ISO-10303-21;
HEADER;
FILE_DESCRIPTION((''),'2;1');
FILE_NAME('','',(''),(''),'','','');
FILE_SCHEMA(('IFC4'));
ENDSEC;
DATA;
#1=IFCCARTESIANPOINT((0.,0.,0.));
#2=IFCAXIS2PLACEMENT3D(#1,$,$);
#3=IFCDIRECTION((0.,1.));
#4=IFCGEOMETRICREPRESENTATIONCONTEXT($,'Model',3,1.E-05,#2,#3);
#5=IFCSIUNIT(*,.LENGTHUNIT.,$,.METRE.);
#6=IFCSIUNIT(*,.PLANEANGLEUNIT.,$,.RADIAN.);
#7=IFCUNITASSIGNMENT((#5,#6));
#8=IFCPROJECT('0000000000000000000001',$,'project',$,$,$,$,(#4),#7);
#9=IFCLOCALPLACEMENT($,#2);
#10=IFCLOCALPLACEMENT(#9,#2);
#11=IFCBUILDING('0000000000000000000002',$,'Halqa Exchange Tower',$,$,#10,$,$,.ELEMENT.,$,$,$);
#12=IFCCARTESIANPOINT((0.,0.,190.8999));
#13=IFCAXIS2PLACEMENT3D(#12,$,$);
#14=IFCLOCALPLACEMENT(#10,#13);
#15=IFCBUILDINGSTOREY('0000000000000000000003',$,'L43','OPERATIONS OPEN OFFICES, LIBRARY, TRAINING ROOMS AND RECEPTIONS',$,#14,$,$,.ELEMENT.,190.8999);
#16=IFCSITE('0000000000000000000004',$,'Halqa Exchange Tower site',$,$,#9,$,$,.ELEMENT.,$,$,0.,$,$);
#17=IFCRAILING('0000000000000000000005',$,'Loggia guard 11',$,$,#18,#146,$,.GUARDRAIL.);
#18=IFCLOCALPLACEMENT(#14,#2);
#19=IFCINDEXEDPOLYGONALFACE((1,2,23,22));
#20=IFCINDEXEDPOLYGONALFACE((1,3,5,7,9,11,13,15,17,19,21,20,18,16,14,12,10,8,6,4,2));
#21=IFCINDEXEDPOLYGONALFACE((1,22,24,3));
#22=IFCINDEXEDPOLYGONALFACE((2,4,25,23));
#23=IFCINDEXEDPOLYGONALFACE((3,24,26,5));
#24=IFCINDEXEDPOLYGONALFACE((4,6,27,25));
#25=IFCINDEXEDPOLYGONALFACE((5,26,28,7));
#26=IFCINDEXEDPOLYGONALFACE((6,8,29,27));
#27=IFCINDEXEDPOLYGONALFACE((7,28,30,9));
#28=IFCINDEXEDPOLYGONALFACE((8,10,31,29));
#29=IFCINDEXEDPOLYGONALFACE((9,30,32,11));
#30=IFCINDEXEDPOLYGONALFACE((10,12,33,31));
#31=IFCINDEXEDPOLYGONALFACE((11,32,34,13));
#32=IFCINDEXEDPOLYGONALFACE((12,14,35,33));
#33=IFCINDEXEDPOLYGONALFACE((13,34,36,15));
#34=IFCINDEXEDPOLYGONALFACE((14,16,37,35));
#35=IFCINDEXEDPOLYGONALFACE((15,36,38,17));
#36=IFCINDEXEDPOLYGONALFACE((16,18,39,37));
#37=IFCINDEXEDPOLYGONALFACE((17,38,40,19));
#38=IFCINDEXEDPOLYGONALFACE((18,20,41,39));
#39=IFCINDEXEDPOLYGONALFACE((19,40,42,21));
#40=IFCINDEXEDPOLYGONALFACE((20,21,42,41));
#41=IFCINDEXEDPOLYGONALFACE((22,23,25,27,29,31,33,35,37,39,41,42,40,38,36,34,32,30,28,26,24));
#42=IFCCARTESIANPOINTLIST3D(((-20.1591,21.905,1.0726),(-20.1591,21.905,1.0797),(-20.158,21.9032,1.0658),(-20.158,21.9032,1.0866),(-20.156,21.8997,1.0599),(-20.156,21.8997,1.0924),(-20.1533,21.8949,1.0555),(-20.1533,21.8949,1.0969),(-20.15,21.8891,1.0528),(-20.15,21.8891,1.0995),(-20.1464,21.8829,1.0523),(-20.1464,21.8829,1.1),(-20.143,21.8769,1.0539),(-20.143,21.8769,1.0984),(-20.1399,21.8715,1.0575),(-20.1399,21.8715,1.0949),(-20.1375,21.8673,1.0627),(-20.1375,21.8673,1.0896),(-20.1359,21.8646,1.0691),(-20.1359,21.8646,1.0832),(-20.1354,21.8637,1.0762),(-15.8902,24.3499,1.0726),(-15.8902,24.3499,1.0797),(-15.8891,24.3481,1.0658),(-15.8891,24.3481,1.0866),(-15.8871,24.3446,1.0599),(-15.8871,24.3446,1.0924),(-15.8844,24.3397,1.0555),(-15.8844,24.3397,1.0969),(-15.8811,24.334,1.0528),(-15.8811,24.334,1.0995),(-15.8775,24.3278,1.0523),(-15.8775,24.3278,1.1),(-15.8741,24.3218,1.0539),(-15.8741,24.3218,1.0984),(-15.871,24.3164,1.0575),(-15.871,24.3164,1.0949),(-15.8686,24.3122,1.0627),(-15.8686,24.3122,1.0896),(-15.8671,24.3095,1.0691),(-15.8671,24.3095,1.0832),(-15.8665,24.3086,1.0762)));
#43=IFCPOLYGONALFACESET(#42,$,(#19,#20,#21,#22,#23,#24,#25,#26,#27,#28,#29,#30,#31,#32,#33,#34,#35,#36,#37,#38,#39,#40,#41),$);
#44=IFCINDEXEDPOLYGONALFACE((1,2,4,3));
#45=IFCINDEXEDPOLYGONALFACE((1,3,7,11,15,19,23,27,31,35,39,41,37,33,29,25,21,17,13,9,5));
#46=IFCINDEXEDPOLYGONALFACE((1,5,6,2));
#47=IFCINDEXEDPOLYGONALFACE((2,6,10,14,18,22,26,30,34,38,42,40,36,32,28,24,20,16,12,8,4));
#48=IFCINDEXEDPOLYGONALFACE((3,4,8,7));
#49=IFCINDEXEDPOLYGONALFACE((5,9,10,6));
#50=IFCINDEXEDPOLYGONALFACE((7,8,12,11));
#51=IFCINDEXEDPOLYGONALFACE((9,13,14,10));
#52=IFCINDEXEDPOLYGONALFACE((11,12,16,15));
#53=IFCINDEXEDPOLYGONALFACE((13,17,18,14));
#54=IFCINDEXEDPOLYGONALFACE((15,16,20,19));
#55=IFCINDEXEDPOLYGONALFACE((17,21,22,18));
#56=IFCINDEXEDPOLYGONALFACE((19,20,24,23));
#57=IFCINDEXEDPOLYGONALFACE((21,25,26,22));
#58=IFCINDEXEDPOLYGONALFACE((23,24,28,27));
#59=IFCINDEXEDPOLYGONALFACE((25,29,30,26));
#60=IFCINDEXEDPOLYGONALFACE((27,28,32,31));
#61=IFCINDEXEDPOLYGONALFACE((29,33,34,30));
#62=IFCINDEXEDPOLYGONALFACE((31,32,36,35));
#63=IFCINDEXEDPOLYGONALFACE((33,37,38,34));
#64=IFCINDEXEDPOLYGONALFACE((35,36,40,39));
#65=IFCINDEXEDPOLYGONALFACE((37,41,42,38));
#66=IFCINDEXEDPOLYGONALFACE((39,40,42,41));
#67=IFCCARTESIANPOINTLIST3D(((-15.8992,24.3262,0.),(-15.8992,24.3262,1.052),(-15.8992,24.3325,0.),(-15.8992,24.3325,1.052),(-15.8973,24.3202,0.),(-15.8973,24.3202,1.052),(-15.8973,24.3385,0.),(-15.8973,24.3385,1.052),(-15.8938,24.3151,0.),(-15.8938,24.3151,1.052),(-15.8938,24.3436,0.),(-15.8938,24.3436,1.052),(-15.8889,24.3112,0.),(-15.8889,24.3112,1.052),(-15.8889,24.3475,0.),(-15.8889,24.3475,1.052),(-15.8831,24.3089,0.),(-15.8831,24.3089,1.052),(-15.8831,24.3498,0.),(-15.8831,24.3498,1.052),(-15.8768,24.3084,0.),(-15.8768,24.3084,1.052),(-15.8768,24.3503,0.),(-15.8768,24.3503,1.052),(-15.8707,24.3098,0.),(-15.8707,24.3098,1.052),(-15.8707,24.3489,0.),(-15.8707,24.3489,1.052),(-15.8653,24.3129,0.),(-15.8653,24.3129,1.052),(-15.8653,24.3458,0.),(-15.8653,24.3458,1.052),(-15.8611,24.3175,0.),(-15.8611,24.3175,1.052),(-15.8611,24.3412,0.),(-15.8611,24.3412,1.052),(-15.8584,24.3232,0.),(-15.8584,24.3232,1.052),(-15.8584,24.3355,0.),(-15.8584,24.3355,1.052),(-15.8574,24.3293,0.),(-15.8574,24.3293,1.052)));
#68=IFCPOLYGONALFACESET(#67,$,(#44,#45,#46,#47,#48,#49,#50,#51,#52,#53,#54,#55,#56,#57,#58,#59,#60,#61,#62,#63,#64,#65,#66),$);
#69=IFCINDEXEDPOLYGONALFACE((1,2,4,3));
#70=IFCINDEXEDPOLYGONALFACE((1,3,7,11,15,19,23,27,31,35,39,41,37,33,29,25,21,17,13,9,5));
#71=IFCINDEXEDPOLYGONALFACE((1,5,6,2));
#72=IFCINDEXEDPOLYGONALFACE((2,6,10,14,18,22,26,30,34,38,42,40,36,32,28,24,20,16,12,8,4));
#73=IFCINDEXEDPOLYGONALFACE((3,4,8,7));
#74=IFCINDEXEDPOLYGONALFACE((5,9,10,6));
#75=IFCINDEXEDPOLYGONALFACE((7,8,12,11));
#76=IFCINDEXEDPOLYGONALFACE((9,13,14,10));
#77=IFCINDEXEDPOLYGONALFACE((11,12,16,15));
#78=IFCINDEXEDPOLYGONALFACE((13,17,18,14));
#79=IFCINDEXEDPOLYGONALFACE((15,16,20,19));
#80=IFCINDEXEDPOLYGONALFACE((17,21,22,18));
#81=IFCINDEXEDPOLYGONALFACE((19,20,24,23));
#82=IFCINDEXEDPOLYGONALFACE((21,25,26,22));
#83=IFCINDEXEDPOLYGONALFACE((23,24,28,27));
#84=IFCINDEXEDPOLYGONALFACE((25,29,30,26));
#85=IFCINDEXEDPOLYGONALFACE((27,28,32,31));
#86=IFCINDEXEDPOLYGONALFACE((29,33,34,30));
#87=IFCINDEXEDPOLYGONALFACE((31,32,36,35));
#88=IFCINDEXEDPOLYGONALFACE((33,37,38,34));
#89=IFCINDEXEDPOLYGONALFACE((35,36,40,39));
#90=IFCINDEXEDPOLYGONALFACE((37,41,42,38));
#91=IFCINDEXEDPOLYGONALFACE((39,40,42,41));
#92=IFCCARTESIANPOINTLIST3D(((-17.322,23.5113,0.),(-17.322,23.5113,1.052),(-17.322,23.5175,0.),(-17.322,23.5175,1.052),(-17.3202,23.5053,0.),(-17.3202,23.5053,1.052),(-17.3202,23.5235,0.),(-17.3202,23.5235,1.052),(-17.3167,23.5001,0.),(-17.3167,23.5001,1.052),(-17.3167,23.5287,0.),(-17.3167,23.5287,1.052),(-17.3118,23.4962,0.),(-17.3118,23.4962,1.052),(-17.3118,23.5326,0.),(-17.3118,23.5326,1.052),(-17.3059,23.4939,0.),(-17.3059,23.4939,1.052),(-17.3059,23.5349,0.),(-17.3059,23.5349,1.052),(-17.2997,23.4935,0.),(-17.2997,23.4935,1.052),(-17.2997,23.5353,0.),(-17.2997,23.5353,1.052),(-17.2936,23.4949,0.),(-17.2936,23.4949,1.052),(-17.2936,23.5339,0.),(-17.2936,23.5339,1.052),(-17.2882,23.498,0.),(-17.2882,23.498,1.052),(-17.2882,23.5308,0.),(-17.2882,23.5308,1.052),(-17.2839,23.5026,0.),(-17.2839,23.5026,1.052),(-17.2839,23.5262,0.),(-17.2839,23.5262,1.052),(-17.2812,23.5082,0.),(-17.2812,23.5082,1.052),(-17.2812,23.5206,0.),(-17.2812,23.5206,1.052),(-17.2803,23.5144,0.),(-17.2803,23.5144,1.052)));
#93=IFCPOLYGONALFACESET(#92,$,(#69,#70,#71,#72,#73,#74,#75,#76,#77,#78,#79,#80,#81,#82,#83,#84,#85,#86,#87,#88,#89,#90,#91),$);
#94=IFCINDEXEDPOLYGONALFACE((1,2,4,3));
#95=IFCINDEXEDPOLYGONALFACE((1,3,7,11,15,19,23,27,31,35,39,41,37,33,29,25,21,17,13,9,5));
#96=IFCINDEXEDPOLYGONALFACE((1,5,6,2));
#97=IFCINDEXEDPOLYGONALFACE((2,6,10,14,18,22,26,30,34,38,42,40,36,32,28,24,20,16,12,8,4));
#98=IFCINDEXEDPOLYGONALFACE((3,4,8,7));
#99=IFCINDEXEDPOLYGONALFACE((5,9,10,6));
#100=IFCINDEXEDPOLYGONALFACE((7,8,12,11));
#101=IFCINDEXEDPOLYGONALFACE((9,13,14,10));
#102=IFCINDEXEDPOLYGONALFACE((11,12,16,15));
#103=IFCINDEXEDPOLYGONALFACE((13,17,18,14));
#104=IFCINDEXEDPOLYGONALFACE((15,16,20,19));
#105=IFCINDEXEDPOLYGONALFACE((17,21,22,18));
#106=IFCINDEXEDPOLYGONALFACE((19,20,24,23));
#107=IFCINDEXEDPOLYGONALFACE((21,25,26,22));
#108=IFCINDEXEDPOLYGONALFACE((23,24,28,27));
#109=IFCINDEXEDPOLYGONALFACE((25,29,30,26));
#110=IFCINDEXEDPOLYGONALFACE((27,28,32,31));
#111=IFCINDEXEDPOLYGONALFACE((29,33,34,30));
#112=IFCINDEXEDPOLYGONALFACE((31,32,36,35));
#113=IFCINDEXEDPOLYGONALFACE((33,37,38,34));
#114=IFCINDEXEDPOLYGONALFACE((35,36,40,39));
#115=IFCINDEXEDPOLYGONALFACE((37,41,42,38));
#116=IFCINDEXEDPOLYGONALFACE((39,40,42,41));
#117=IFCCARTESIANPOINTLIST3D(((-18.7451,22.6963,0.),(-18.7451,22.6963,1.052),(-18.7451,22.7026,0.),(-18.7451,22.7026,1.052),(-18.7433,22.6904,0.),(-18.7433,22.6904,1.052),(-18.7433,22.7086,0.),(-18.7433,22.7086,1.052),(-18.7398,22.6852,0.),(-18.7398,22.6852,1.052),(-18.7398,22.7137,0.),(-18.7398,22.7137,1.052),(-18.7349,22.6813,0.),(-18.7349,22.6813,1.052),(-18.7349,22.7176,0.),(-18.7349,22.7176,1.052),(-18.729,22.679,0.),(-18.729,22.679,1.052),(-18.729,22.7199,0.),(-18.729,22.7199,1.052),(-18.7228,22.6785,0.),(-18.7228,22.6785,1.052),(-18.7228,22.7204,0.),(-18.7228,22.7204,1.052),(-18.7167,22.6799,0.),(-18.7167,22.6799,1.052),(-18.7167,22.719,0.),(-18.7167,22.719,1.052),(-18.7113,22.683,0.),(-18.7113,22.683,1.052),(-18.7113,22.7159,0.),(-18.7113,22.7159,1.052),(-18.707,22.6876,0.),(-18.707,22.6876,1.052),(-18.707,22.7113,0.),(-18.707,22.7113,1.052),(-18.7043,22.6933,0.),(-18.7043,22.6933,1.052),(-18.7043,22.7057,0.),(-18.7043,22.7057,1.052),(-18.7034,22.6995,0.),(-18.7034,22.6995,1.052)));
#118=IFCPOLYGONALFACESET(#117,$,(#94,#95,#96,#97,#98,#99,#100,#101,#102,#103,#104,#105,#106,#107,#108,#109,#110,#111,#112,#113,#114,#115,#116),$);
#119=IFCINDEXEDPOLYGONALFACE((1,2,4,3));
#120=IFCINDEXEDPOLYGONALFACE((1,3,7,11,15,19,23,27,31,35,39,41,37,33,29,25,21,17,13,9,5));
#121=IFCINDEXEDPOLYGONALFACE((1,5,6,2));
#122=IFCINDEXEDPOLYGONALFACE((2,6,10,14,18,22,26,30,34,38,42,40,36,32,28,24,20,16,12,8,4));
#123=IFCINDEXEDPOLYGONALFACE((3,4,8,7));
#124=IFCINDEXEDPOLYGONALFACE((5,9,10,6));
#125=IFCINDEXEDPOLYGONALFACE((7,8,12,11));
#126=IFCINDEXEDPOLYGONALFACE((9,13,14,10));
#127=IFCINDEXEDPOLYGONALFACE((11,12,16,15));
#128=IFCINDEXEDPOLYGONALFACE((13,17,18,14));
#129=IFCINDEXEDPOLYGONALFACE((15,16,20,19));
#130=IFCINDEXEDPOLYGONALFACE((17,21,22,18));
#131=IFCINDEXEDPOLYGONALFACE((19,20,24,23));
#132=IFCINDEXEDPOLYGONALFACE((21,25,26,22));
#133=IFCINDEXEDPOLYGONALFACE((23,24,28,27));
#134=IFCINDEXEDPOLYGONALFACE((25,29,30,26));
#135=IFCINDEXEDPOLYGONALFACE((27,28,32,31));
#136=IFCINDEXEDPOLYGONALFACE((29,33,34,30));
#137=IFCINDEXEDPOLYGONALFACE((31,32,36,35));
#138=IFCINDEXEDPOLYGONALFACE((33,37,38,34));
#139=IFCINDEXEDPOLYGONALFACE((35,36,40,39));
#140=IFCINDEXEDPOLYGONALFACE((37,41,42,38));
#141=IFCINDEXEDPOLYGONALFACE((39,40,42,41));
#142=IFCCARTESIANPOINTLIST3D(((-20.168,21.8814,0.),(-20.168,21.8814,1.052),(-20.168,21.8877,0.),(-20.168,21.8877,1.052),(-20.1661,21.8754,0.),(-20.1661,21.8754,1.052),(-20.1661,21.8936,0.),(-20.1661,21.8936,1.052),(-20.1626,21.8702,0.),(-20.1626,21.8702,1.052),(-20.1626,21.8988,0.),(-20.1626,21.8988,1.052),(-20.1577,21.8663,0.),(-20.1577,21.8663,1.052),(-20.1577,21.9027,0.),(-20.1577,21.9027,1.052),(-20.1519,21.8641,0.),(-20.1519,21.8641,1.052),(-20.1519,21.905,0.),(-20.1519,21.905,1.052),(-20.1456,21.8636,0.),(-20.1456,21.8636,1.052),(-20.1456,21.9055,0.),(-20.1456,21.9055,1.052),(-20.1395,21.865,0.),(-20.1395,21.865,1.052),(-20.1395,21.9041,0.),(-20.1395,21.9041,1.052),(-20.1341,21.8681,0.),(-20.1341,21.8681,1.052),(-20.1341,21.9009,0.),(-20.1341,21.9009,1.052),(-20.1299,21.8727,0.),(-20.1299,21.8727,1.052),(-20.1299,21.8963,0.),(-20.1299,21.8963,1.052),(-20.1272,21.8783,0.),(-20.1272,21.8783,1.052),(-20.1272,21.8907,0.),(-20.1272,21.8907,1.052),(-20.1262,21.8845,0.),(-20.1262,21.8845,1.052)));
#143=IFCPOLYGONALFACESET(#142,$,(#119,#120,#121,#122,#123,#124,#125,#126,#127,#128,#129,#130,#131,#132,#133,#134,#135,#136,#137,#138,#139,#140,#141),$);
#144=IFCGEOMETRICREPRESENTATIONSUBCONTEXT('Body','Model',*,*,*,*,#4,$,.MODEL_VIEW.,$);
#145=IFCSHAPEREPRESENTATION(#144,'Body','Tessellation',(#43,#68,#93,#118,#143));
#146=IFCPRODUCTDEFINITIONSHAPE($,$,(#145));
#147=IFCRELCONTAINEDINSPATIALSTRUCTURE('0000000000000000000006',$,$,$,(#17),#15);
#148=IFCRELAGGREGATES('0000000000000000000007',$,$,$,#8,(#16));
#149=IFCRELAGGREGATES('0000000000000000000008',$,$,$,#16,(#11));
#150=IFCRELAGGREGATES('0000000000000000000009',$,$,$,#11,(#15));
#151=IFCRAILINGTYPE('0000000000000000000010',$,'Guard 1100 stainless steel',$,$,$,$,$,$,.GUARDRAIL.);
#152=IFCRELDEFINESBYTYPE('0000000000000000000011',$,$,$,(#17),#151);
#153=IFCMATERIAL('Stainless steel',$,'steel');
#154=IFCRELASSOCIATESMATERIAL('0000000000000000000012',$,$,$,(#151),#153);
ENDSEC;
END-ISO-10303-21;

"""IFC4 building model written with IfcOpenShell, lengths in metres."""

from ifc_helpers import new_model, si_unit, direction, frame, origin, origin_2d, place, context, subcontext, project, spatial, circle, extrude, material, type_object, element, save


model = new_model("IFC4")

# Units and contexts
model_context = context("Model", 3, precision=1e-05, world=origin(), true_north=direction((0.0, 1.0)))
body_context = subcontext(model_context, "Body", "Model", "MODEL_VIEW")
ifc_project = project(units=[si_unit("LENGTHUNIT", "METRE"), si_unit("PLANEANGLEUNIT", "RADIAN")], contexts=[model_context])

# Site, building, storey
site_placement = place(None, origin())
site = spatial("IfcSite", under=ifc_project, at=site_placement, Name="Halqa Exchange Tower site", CompositionType="ELEMENT", RefElevation=0.0)
building_placement = place(site_placement, origin())
building = spatial("IfcBuilding", under=site, at=building_placement, Name="Halqa Exchange Tower", CompositionType="ELEMENT")
storey_placement = place(building_placement, frame((0.0, 0.0, 190.8999)))
storey = spatial("IfcBuildingStorey", under=building, at=storey_placement, Name="L43", Description="OPERATIONS OPEN OFFICES, LIBRARY, TRAINING ROOMS AND RECEPTIONS", CompositionType="ELEMENT", Elevation=190.8999)

# Railing
ifc_material_1 = material(Name="Stainless steel", Category="steel")
railing_type = type_object("IfcRailingType", Name="Guard 1100 stainless steel", PredefinedType="GUARDRAIL", material=ifc_material_1)
railing_1_placement = place(storey_placement, frame((-15.8784, 24.3293, 0.0)))
element("IfcRailing", 1, at=railing_1_placement, inside=storey, type_object=railing_type, Name="Loggia guard 11", PredefinedType="GUARDRAIL", context=body_context, shape_type="SweptSolid", body=[
    extrude(circle(Radius=0.0239, at=origin_2d()), frame((0.0, 0.0, 1.0762), z_axis=(-0.86776, -0.496983, 0.0), x_axis=(0.496983, -0.86776, 0.0)), (0.0, 0.0, 1.0), 4.9194),
    extrude(circle(Radius=0.021, at=origin_2d()), origin(), (0.0, 0.0, 1.0), 1.052),
    extrude(circle(Radius=0.021, at=origin_2d()), frame((-1.4229, -0.8149, 0.0)), (0.0, 0.0, 1.0), 1.052),
    extrude(circle(Radius=0.021, at=origin_2d()), frame((-2.8459, -1.6299, 0.0)), (0.0, 0.0, 1.0), 1.052),
    extrude(circle(Radius=0.021, at=origin_2d()), frame((-4.2688, -2.4448, 0.0)), (0.0, 0.0, 1.0), 1.052),
])

save(model, "model.ifc")
